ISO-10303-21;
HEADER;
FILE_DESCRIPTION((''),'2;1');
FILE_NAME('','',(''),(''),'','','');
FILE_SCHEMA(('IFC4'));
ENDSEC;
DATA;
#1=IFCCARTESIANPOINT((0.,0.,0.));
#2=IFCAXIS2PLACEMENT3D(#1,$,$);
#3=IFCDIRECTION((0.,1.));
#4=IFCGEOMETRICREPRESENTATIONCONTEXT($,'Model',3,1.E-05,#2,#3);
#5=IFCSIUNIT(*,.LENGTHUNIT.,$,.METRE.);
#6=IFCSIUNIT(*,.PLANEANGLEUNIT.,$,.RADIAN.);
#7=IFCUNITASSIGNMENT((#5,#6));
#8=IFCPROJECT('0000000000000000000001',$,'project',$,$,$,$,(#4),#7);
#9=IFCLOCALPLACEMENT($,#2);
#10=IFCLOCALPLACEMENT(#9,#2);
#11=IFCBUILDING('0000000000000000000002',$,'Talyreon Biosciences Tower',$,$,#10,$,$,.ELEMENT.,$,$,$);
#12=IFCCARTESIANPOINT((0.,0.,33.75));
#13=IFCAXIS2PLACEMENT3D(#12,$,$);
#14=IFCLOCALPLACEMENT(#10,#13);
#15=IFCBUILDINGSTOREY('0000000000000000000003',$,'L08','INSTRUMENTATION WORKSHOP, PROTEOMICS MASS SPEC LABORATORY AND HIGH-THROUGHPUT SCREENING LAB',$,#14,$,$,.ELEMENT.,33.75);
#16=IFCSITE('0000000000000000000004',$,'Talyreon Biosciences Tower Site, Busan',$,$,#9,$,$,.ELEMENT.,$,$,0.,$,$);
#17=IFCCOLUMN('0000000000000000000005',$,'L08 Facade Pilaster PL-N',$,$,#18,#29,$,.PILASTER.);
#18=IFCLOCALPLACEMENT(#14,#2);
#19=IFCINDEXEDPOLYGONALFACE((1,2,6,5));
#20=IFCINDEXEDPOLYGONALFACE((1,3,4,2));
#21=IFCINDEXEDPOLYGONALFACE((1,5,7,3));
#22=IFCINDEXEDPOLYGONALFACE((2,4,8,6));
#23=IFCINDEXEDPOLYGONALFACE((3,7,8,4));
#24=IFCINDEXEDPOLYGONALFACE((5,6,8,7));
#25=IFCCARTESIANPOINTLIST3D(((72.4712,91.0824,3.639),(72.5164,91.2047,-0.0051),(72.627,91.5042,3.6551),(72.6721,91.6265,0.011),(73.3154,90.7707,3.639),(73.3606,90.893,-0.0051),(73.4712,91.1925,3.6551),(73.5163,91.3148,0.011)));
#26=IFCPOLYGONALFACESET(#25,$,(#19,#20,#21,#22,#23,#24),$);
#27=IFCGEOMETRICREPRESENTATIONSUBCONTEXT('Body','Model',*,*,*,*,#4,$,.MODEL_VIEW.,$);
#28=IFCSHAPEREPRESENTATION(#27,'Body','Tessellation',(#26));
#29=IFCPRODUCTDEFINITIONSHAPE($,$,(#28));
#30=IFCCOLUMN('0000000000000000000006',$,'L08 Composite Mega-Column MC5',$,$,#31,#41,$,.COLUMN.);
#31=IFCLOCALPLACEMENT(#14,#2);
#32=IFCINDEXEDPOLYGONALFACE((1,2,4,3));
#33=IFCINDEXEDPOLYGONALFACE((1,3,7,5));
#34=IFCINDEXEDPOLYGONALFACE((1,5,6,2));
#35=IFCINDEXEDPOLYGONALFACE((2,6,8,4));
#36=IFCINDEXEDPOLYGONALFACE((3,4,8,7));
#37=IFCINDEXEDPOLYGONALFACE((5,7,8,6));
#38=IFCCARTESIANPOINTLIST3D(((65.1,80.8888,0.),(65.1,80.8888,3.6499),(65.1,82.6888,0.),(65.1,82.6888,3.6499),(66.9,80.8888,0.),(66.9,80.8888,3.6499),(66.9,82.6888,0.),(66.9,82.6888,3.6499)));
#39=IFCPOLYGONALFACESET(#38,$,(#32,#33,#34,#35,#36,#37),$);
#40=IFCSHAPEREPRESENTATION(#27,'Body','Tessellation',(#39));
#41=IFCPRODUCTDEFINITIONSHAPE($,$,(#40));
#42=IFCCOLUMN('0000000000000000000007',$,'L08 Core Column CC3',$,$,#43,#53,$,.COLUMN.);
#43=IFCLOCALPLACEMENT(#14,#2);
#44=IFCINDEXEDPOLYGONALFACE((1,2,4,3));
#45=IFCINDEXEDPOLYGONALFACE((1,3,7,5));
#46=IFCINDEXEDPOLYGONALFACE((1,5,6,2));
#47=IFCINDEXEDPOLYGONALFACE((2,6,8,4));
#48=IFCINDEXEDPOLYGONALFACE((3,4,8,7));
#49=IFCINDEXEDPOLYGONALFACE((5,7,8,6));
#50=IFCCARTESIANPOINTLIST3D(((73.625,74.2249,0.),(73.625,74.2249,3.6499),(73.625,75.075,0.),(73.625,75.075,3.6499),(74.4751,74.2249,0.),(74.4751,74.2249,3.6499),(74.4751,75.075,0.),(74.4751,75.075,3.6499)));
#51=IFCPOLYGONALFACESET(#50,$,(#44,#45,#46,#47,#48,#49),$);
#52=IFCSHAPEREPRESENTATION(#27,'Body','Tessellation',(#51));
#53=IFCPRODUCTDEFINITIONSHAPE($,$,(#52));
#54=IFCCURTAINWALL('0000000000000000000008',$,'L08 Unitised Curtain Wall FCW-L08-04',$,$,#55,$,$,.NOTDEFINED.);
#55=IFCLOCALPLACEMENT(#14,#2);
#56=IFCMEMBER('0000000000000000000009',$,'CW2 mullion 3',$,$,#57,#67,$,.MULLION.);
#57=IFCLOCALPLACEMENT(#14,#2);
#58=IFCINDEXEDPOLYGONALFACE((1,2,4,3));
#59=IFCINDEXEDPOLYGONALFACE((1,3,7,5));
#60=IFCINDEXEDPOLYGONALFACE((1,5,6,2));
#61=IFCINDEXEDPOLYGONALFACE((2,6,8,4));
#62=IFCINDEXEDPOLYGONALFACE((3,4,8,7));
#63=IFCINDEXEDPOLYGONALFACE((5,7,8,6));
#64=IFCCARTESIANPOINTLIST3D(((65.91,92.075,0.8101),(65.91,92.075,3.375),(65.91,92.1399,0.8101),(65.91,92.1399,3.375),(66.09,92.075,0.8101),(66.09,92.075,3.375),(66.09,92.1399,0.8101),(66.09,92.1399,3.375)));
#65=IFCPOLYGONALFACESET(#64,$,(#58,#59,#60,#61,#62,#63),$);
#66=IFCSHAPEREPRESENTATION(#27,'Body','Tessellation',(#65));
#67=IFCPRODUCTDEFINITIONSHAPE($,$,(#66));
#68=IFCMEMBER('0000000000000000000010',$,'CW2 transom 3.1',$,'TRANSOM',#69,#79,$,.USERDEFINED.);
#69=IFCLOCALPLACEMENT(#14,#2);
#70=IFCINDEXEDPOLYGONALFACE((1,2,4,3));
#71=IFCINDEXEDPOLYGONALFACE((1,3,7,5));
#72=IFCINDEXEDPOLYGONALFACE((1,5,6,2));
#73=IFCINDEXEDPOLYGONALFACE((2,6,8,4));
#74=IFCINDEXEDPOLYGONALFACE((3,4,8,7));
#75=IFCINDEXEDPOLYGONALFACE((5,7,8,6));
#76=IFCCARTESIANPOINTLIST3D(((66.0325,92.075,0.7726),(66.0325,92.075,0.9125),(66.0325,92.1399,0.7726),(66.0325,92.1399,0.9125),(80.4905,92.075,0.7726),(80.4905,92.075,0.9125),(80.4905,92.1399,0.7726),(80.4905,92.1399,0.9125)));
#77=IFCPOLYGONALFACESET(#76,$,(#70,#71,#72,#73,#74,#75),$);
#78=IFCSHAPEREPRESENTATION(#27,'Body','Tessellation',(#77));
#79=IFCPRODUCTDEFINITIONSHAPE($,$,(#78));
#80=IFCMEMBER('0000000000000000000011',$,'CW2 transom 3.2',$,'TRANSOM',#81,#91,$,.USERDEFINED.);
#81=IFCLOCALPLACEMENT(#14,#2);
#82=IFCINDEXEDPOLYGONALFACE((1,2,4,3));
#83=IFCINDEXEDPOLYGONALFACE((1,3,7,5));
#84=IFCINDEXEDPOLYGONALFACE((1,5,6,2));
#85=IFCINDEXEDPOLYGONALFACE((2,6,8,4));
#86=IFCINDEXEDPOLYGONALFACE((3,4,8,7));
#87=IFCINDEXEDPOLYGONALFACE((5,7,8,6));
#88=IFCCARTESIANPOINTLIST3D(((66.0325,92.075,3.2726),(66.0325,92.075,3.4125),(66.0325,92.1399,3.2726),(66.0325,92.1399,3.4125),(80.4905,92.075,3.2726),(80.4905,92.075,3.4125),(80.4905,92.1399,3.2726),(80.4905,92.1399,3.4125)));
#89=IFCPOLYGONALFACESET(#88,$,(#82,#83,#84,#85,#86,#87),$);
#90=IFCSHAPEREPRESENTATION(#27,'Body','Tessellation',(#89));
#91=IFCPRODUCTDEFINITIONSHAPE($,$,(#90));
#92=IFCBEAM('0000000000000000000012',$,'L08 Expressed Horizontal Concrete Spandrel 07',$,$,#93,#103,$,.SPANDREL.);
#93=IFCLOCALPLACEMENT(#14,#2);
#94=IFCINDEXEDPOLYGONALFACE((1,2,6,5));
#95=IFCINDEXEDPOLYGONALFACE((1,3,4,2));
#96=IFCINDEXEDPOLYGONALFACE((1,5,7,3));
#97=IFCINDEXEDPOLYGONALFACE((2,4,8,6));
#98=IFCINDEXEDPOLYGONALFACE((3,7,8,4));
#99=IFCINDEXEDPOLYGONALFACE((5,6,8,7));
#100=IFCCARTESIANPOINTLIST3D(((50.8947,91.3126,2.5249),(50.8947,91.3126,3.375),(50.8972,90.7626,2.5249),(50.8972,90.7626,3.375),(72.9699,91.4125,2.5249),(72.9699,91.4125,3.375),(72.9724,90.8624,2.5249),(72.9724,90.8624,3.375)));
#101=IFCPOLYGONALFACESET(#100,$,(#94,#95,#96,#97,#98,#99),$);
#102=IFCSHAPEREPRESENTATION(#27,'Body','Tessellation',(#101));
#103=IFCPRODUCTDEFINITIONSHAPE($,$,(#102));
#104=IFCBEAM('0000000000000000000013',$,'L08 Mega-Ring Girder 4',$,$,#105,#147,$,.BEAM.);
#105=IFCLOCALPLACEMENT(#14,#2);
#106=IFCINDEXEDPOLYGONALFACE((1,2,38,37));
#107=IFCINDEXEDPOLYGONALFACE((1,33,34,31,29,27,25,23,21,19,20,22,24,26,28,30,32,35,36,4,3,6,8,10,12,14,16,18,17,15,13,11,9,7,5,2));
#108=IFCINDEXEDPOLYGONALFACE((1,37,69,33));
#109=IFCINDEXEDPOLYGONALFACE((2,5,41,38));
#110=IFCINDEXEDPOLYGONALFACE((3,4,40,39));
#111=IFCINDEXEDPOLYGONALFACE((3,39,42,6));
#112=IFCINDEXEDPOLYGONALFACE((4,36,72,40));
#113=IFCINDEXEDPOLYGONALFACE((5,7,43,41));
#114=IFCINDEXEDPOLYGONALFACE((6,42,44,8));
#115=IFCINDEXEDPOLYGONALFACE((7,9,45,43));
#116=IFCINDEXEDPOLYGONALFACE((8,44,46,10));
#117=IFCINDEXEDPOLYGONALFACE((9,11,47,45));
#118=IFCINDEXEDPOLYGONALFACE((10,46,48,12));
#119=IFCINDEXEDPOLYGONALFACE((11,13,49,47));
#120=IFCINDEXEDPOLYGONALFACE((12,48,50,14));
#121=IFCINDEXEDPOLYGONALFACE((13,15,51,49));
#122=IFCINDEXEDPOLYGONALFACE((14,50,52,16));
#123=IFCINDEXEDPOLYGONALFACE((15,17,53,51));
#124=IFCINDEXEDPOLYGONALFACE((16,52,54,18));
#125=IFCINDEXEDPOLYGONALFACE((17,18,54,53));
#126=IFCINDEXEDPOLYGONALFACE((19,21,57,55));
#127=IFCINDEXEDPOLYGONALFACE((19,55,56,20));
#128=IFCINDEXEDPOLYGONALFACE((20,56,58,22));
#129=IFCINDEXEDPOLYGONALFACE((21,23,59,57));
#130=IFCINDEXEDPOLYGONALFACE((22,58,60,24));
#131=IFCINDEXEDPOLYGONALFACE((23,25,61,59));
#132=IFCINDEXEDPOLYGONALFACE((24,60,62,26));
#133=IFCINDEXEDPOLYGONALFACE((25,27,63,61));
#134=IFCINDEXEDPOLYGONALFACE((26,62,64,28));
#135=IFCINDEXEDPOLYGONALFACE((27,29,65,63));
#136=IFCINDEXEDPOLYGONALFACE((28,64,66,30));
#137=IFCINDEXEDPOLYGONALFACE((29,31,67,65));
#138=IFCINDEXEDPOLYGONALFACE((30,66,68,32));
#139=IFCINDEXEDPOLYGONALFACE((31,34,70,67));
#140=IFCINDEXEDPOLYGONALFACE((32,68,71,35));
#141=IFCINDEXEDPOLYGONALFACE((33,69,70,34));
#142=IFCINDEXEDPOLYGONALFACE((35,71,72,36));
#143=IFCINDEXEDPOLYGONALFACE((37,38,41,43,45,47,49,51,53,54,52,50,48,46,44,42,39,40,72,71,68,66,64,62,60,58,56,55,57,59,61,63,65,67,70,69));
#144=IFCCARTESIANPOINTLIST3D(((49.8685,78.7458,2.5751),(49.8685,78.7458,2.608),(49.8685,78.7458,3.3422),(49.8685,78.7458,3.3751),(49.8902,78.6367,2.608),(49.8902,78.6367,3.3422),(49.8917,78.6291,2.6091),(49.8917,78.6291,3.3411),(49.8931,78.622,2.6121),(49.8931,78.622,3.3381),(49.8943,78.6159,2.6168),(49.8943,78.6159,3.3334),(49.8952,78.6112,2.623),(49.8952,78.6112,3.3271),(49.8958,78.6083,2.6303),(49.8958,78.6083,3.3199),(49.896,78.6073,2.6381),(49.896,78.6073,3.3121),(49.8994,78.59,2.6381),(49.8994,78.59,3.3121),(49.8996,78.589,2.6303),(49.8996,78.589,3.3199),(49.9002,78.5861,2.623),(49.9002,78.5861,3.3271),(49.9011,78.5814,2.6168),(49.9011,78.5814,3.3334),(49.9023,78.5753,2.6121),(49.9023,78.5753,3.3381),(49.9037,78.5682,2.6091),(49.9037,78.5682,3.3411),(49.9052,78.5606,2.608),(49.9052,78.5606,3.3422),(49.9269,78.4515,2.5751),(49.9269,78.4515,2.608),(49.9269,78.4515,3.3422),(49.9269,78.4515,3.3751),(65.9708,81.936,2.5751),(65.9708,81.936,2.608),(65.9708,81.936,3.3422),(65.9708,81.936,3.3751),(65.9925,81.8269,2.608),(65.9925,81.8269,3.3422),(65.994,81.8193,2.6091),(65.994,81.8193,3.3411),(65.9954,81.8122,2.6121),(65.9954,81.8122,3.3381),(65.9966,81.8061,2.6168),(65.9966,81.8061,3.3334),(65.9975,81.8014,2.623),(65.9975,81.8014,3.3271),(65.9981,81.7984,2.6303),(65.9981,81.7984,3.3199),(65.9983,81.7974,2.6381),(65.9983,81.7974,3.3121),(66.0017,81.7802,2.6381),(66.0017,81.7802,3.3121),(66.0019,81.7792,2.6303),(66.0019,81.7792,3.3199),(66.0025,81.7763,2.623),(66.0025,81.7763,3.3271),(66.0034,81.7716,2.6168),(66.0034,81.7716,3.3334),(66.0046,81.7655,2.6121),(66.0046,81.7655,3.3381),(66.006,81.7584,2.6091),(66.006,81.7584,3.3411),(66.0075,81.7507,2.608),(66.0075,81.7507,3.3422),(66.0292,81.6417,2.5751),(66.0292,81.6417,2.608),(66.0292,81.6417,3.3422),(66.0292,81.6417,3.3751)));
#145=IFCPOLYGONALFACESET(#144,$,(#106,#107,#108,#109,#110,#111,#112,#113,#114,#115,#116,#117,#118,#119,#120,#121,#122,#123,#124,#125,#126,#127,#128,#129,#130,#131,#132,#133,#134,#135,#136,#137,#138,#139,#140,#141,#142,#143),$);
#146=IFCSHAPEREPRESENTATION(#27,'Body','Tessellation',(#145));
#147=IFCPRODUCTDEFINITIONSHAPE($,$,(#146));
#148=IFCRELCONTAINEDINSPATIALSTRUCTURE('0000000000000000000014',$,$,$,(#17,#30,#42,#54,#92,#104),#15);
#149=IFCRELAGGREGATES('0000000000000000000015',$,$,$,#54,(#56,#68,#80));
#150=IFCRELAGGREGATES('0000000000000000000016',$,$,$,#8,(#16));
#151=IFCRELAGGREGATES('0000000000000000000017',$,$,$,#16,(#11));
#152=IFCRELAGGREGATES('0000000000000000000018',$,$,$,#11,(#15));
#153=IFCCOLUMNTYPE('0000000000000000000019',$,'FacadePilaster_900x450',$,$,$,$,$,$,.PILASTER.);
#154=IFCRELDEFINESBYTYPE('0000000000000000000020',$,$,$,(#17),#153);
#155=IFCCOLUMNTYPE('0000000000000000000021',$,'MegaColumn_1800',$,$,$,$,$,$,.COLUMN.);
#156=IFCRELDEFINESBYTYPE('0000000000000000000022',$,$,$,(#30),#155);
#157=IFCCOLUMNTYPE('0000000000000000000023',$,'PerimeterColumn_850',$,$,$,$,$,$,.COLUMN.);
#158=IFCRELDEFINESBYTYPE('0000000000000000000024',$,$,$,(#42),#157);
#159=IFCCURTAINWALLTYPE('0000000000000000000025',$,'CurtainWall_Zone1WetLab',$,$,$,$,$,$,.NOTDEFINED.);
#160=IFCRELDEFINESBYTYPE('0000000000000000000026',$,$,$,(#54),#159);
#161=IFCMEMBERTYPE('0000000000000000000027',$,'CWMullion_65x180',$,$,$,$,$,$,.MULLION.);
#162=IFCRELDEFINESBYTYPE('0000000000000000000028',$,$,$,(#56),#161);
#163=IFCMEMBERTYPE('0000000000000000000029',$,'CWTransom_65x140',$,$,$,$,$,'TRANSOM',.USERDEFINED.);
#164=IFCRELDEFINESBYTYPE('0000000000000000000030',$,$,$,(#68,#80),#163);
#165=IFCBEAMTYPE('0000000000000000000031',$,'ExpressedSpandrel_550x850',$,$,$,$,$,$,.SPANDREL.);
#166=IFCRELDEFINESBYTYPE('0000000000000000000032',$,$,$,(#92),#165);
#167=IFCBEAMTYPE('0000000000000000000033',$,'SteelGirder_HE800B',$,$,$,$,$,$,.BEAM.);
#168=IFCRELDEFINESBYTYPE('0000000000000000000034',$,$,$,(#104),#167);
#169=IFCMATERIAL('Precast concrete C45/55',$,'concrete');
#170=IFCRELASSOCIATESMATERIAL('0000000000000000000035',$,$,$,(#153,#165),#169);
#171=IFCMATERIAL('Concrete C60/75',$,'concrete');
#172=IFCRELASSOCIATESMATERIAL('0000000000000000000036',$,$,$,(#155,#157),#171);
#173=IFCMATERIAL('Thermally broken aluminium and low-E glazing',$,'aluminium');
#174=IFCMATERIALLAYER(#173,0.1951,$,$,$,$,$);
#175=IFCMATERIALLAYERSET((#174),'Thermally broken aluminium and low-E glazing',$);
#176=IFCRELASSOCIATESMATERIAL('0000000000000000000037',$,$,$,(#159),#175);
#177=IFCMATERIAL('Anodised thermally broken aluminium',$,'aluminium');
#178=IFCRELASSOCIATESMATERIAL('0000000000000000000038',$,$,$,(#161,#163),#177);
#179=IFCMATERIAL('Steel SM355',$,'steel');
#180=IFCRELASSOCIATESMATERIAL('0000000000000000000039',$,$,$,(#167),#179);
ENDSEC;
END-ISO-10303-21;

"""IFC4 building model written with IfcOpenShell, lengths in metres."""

from ifc_helpers import new_model, si_unit, direction, frame, origin, origin_2d, place, context, subcontext, project, spatial, rectangle, i_section, extrude, material, layer, layer_set, material_profile, profile_set, type_object, element, aggregate, save


model = new_model("IFC4")

# Units and contexts
model_context = context("Model", 3, precision=1e-05, world=origin(), true_north=direction((0.0, 1.0)))
body_context = subcontext(model_context, "Body", "Model", "MODEL_VIEW")
ifc_project = project(units=[si_unit("LENGTHUNIT", "METRE"), si_unit("PLANEANGLEUNIT", "RADIAN")], contexts=[model_context])

# Site, building, storey
site_placement = place(None, origin())
site = spatial("IfcSite", under=ifc_project, at=site_placement, Name="Talyreon Biosciences Tower Site, Busan", CompositionType="ELEMENT", RefElevation=0.0)
building_placement = place(site_placement, origin())
building = spatial("IfcBuilding", under=site, at=building_placement, Name="Talyreon Biosciences Tower", CompositionType="ELEMENT")
storey_placement = place(building_placement, frame((0.0, 0.0, 33.75)))
storey = spatial("IfcBuildingStorey", under=building, at=storey_placement, Name="L08", Description="INSTRUMENTATION WORKSHOP, PROTEOMICS MASS SPEC LABORATORY AND HIGH-THROUGHPUT SCREENING LAB", CompositionType="ELEMENT", Elevation=33.75)

# Columns
ifc_material_1 = material(Name="Precast concrete C45/55", Category="concrete")
ifc_material_profile_1 = material_profile(ifc_material_1, rectangle(XDim=0.8999, YDim=0.45, at=origin_2d()), Name="RC 900x450")
ifc_profile_set_1 = profile_set([ifc_material_profile_1], Name="Precast concrete C45/55")
column_type_1 = type_object("IfcColumnType", Name="FacadePilaster_900x450", PredefinedType="PILASTER", material=ifc_profile_set_1)
column_1_placement = place(storey_placement, frame((73.0164, 91.2598, 0.0029), z_axis=(-0.012387, -0.033544, 0.99936), x_axis=(-0.938087, 0.346399, 0.0)))
element("IfcColumn", 1, at=column_1_placement, inside=storey, type_object=column_type_1, Name="L08 Facade Pilaster PL-N", PredefinedType="PILASTER", context=body_context, shape_type="SweptSolid", body=[
    extrude(rectangle(XDim=0.8999, YDim=0.45, at=origin_2d()), origin(), (0.0, 0.0, 1.0), 3.6465),
])
ifc_material_2 = material(Name="Concrete C60/75", Category="concrete")
ifc_material_profile_2 = material_profile(ifc_material_2, rectangle(XDim=1.8, YDim=1.8, at=origin_2d()), Name="RC 1800x1800")
ifc_profile_set_2 = profile_set([ifc_material_profile_2], Name="Concrete C60/75")
column_type_2 = type_object("IfcColumnType", Name="MegaColumn_1800", PredefinedType="COLUMN", material=ifc_profile_set_2)
column_2_placement = place(storey_placement, frame((66.0, 81.7888, 0.0), z_axis=(0.0, 0.0, 1.0), x_axis=(1.0, 0.0, 0.0)))
element("IfcColumn", 2, at=column_2_placement, inside=storey, type_object=column_type_2, Name="L08 Composite Mega-Column MC5", PredefinedType="COLUMN", context=body_context, shape_type="SweptSolid", body=[
    extrude(rectangle(XDim=1.8, YDim=1.8, at=origin_2d()), origin(), (0.0, 0.0, 1.0), 3.6499),
])
ifc_material_profile_3 = material_profile(ifc_material_2, rectangle(XDim=0.8501, YDim=0.8501, at=origin_2d()), Name="RC 850x850")
ifc_profile_set_3 = profile_set([ifc_material_profile_3], Name="Concrete C60/75")
column_type_3 = type_object("IfcColumnType", Name="PerimeterColumn_850", PredefinedType="COLUMN", material=ifc_profile_set_3)
column_3_placement = place(storey_placement, frame((74.05, 74.6499, 0.0), z_axis=(0.0, 0.0, 1.0), x_axis=(1.0, 0.0, 0.0)))
element("IfcColumn", 3, at=column_3_placement, inside=storey, type_object=column_type_3, Name="L08 Core Column CC3", PredefinedType="COLUMN", context=body_context, shape_type="SweptSolid", body=[
    extrude(rectangle(XDim=0.8501, YDim=0.8501, at=origin_2d()), origin(), (0.0, 0.0, 1.0), 3.6499),
])

# Curtain wall, members
ifc_material_3 = material(Name="Thermally broken aluminium and low-E glazing", Category="aluminium")
ifc_layer_1 = layer(ifc_material_3, 0.1951)
ifc_layer_set_1 = layer_set([ifc_layer_1], Name="Thermally broken aluminium and low-E glazing")
curtain_wall_type = type_object("IfcCurtainWallType", Name="CurtainWall_Zone1WetLab", PredefinedType="NOTDEFINED", material=ifc_layer_set_1)
curtain_wall_placement = place(storey_placement, origin())
curtain_wall = element("IfcCurtainWall", 4, at=curtain_wall_placement, inside=storey, type_object=curtain_wall_type, Name="L08 Unitised Curtain Wall FCW-L08-04", PredefinedType="NOTDEFINED")
ifc_material_4 = material(Name="Anodised thermally broken aluminium", Category="aluminium")
ifc_material_profile_4 = material_profile(ifc_material_4, rectangle(XDim=0.0649, YDim=0.1799, at=origin_2d()), Name="ALUM MULLION 65x180")
ifc_profile_set_4 = profile_set([ifc_material_profile_4], Name="Anodised thermally broken aluminium")
member_type_1 = type_object("IfcMemberType", Name="CWMullion_65x180", PredefinedType="MULLION", material=ifc_profile_set_4)
member_1_placement = place(storey_placement, frame((66.0, 92.1074, 0.8101), z_axis=(0.0, 0.0, 1.0), x_axis=(0.0, 1.0, 0.0)))
member_1 = element("IfcMember", 5, at=member_1_placement, type_object=member_type_1, Name="CW2 mullion 3", PredefinedType="MULLION", context=body_context, shape_type="SweptSolid", body=[
    extrude(rectangle(XDim=0.0649, YDim=0.1799, at=origin_2d()), origin(), (0.0, 0.0, 1.0), 2.5649),
])
ifc_material_profile_5 = material_profile(ifc_material_4, rectangle(XDim=0.0649, YDim=0.1399, at=origin_2d()), Name="ALUM TRANSOM 65x140")
ifc_profile_set_5 = profile_set([ifc_material_profile_5], Name="Anodised thermally broken aluminium")
member_type_2 = type_object("IfcMemberType", Name="CWTransom_65x140", ElementType="TRANSOM", PredefinedType="USERDEFINED", material=ifc_profile_set_5)
member_2_placement = place(storey_placement, frame((66.0325, 92.1074, 0.8425), z_axis=(1.0, 0.0, 0.0), x_axis=(0.0, 1.0, 0.0)))
member_2 = element("IfcMember", 6, at=member_2_placement, type_object=member_type_2, Name="CW2 transom 3.1", ObjectType="TRANSOM", PredefinedType="USERDEFINED", context=body_context, shape_type="SweptSolid", body=[
    extrude(rectangle(XDim=0.0649, YDim=0.1399, at=origin_2d()), origin(), (0.0, 0.0, 1.0), 14.458),
])
member_3_placement = place(storey_placement, frame((66.0325, 92.1074, 3.3425), z_axis=(1.0, 0.0, 0.0), x_axis=(0.0, 1.0, 0.0)))
member_3 = element("IfcMember", 7, at=member_3_placement, type_object=member_type_2, Name="CW2 transom 3.2", ObjectType="TRANSOM", PredefinedType="USERDEFINED", context=body_context, shape_type="SweptSolid", body=[
    extrude(rectangle(XDim=0.0649, YDim=0.1399, at=origin_2d()), origin(), (0.0, 0.0, 1.0), 14.458),
])

# Beams
ifc_material_profile_6 = material_profile(ifc_material_1, rectangle(XDim=0.55, YDim=0.8501, at=origin_2d()), Name="RCB 550x850")
ifc_profile_set_6 = profile_set([ifc_material_profile_6], Name="Precast concrete C45/55")
beam_type_1 = type_object("IfcBeamType", Name="ExpressedSpandrel_550x850", PredefinedType="SPANDREL", material=ifc_profile_set_6)
beam_1_placement = place(storey_placement, frame((72.9712, 91.1375, 2.95), z_axis=(-0.99999, -0.004523, 0.0), x_axis=(0.004523, -0.99999, 0.0)))
element("IfcBeam", 8, at=beam_1_placement, inside=storey, type_object=beam_type_1, Name="L08 Expressed Horizontal Concrete Spandrel 07", PredefinedType="SPANDREL", context=body_context, shape_type="SweptSolid", body=[
    extrude(rectangle(XDim=0.55, YDim=0.8501, at=origin_2d()), origin(), (0.0, 0.0, 1.0), 22.0754),
])
ifc_material_5 = material(Name="Steel SM355", Category="steel")
ifc_material_profile_7 = material_profile(ifc_material_5, i_section(OverallWidth=0.3, OverallDepth=0.8, WebThickness=0.0176, FlangeThickness=0.033, FilletRadius=0.03, at=origin_2d()), Name="HE800B")
ifc_profile_set_7 = profile_set([ifc_material_profile_7], Name="Steel SM355")
beam_type_2 = type_object("IfcBeamType", Name="SteelGirder_HE800B", PredefinedType="BEAM", material=ifc_profile_set_7)
beam_2_placement = place(storey_placement, frame((66.0, 81.7888, 2.9751), z_axis=(-0.980934, -0.194343, 0.0), x_axis=(0.194343, -0.980934, 0.0)))
element("IfcBeam", 9, at=beam_2_placement, inside=storey, type_object=beam_type_2, Name="L08 Mega-Ring Girder 4", PredefinedType="BEAM", context=body_context, shape_type="SweptSolid", body=[
    extrude(i_section(OverallWidth=0.3, OverallDepth=0.8, WebThickness=0.0176, FlangeThickness=0.033, FilletRadius=0.03, at=origin_2d()), origin(), (0.0, 0.0, 1.0), 16.4153),
])

aggregate(curtain_wall, [member_1, member_2, member_3])

save(model, "model.ifc")
